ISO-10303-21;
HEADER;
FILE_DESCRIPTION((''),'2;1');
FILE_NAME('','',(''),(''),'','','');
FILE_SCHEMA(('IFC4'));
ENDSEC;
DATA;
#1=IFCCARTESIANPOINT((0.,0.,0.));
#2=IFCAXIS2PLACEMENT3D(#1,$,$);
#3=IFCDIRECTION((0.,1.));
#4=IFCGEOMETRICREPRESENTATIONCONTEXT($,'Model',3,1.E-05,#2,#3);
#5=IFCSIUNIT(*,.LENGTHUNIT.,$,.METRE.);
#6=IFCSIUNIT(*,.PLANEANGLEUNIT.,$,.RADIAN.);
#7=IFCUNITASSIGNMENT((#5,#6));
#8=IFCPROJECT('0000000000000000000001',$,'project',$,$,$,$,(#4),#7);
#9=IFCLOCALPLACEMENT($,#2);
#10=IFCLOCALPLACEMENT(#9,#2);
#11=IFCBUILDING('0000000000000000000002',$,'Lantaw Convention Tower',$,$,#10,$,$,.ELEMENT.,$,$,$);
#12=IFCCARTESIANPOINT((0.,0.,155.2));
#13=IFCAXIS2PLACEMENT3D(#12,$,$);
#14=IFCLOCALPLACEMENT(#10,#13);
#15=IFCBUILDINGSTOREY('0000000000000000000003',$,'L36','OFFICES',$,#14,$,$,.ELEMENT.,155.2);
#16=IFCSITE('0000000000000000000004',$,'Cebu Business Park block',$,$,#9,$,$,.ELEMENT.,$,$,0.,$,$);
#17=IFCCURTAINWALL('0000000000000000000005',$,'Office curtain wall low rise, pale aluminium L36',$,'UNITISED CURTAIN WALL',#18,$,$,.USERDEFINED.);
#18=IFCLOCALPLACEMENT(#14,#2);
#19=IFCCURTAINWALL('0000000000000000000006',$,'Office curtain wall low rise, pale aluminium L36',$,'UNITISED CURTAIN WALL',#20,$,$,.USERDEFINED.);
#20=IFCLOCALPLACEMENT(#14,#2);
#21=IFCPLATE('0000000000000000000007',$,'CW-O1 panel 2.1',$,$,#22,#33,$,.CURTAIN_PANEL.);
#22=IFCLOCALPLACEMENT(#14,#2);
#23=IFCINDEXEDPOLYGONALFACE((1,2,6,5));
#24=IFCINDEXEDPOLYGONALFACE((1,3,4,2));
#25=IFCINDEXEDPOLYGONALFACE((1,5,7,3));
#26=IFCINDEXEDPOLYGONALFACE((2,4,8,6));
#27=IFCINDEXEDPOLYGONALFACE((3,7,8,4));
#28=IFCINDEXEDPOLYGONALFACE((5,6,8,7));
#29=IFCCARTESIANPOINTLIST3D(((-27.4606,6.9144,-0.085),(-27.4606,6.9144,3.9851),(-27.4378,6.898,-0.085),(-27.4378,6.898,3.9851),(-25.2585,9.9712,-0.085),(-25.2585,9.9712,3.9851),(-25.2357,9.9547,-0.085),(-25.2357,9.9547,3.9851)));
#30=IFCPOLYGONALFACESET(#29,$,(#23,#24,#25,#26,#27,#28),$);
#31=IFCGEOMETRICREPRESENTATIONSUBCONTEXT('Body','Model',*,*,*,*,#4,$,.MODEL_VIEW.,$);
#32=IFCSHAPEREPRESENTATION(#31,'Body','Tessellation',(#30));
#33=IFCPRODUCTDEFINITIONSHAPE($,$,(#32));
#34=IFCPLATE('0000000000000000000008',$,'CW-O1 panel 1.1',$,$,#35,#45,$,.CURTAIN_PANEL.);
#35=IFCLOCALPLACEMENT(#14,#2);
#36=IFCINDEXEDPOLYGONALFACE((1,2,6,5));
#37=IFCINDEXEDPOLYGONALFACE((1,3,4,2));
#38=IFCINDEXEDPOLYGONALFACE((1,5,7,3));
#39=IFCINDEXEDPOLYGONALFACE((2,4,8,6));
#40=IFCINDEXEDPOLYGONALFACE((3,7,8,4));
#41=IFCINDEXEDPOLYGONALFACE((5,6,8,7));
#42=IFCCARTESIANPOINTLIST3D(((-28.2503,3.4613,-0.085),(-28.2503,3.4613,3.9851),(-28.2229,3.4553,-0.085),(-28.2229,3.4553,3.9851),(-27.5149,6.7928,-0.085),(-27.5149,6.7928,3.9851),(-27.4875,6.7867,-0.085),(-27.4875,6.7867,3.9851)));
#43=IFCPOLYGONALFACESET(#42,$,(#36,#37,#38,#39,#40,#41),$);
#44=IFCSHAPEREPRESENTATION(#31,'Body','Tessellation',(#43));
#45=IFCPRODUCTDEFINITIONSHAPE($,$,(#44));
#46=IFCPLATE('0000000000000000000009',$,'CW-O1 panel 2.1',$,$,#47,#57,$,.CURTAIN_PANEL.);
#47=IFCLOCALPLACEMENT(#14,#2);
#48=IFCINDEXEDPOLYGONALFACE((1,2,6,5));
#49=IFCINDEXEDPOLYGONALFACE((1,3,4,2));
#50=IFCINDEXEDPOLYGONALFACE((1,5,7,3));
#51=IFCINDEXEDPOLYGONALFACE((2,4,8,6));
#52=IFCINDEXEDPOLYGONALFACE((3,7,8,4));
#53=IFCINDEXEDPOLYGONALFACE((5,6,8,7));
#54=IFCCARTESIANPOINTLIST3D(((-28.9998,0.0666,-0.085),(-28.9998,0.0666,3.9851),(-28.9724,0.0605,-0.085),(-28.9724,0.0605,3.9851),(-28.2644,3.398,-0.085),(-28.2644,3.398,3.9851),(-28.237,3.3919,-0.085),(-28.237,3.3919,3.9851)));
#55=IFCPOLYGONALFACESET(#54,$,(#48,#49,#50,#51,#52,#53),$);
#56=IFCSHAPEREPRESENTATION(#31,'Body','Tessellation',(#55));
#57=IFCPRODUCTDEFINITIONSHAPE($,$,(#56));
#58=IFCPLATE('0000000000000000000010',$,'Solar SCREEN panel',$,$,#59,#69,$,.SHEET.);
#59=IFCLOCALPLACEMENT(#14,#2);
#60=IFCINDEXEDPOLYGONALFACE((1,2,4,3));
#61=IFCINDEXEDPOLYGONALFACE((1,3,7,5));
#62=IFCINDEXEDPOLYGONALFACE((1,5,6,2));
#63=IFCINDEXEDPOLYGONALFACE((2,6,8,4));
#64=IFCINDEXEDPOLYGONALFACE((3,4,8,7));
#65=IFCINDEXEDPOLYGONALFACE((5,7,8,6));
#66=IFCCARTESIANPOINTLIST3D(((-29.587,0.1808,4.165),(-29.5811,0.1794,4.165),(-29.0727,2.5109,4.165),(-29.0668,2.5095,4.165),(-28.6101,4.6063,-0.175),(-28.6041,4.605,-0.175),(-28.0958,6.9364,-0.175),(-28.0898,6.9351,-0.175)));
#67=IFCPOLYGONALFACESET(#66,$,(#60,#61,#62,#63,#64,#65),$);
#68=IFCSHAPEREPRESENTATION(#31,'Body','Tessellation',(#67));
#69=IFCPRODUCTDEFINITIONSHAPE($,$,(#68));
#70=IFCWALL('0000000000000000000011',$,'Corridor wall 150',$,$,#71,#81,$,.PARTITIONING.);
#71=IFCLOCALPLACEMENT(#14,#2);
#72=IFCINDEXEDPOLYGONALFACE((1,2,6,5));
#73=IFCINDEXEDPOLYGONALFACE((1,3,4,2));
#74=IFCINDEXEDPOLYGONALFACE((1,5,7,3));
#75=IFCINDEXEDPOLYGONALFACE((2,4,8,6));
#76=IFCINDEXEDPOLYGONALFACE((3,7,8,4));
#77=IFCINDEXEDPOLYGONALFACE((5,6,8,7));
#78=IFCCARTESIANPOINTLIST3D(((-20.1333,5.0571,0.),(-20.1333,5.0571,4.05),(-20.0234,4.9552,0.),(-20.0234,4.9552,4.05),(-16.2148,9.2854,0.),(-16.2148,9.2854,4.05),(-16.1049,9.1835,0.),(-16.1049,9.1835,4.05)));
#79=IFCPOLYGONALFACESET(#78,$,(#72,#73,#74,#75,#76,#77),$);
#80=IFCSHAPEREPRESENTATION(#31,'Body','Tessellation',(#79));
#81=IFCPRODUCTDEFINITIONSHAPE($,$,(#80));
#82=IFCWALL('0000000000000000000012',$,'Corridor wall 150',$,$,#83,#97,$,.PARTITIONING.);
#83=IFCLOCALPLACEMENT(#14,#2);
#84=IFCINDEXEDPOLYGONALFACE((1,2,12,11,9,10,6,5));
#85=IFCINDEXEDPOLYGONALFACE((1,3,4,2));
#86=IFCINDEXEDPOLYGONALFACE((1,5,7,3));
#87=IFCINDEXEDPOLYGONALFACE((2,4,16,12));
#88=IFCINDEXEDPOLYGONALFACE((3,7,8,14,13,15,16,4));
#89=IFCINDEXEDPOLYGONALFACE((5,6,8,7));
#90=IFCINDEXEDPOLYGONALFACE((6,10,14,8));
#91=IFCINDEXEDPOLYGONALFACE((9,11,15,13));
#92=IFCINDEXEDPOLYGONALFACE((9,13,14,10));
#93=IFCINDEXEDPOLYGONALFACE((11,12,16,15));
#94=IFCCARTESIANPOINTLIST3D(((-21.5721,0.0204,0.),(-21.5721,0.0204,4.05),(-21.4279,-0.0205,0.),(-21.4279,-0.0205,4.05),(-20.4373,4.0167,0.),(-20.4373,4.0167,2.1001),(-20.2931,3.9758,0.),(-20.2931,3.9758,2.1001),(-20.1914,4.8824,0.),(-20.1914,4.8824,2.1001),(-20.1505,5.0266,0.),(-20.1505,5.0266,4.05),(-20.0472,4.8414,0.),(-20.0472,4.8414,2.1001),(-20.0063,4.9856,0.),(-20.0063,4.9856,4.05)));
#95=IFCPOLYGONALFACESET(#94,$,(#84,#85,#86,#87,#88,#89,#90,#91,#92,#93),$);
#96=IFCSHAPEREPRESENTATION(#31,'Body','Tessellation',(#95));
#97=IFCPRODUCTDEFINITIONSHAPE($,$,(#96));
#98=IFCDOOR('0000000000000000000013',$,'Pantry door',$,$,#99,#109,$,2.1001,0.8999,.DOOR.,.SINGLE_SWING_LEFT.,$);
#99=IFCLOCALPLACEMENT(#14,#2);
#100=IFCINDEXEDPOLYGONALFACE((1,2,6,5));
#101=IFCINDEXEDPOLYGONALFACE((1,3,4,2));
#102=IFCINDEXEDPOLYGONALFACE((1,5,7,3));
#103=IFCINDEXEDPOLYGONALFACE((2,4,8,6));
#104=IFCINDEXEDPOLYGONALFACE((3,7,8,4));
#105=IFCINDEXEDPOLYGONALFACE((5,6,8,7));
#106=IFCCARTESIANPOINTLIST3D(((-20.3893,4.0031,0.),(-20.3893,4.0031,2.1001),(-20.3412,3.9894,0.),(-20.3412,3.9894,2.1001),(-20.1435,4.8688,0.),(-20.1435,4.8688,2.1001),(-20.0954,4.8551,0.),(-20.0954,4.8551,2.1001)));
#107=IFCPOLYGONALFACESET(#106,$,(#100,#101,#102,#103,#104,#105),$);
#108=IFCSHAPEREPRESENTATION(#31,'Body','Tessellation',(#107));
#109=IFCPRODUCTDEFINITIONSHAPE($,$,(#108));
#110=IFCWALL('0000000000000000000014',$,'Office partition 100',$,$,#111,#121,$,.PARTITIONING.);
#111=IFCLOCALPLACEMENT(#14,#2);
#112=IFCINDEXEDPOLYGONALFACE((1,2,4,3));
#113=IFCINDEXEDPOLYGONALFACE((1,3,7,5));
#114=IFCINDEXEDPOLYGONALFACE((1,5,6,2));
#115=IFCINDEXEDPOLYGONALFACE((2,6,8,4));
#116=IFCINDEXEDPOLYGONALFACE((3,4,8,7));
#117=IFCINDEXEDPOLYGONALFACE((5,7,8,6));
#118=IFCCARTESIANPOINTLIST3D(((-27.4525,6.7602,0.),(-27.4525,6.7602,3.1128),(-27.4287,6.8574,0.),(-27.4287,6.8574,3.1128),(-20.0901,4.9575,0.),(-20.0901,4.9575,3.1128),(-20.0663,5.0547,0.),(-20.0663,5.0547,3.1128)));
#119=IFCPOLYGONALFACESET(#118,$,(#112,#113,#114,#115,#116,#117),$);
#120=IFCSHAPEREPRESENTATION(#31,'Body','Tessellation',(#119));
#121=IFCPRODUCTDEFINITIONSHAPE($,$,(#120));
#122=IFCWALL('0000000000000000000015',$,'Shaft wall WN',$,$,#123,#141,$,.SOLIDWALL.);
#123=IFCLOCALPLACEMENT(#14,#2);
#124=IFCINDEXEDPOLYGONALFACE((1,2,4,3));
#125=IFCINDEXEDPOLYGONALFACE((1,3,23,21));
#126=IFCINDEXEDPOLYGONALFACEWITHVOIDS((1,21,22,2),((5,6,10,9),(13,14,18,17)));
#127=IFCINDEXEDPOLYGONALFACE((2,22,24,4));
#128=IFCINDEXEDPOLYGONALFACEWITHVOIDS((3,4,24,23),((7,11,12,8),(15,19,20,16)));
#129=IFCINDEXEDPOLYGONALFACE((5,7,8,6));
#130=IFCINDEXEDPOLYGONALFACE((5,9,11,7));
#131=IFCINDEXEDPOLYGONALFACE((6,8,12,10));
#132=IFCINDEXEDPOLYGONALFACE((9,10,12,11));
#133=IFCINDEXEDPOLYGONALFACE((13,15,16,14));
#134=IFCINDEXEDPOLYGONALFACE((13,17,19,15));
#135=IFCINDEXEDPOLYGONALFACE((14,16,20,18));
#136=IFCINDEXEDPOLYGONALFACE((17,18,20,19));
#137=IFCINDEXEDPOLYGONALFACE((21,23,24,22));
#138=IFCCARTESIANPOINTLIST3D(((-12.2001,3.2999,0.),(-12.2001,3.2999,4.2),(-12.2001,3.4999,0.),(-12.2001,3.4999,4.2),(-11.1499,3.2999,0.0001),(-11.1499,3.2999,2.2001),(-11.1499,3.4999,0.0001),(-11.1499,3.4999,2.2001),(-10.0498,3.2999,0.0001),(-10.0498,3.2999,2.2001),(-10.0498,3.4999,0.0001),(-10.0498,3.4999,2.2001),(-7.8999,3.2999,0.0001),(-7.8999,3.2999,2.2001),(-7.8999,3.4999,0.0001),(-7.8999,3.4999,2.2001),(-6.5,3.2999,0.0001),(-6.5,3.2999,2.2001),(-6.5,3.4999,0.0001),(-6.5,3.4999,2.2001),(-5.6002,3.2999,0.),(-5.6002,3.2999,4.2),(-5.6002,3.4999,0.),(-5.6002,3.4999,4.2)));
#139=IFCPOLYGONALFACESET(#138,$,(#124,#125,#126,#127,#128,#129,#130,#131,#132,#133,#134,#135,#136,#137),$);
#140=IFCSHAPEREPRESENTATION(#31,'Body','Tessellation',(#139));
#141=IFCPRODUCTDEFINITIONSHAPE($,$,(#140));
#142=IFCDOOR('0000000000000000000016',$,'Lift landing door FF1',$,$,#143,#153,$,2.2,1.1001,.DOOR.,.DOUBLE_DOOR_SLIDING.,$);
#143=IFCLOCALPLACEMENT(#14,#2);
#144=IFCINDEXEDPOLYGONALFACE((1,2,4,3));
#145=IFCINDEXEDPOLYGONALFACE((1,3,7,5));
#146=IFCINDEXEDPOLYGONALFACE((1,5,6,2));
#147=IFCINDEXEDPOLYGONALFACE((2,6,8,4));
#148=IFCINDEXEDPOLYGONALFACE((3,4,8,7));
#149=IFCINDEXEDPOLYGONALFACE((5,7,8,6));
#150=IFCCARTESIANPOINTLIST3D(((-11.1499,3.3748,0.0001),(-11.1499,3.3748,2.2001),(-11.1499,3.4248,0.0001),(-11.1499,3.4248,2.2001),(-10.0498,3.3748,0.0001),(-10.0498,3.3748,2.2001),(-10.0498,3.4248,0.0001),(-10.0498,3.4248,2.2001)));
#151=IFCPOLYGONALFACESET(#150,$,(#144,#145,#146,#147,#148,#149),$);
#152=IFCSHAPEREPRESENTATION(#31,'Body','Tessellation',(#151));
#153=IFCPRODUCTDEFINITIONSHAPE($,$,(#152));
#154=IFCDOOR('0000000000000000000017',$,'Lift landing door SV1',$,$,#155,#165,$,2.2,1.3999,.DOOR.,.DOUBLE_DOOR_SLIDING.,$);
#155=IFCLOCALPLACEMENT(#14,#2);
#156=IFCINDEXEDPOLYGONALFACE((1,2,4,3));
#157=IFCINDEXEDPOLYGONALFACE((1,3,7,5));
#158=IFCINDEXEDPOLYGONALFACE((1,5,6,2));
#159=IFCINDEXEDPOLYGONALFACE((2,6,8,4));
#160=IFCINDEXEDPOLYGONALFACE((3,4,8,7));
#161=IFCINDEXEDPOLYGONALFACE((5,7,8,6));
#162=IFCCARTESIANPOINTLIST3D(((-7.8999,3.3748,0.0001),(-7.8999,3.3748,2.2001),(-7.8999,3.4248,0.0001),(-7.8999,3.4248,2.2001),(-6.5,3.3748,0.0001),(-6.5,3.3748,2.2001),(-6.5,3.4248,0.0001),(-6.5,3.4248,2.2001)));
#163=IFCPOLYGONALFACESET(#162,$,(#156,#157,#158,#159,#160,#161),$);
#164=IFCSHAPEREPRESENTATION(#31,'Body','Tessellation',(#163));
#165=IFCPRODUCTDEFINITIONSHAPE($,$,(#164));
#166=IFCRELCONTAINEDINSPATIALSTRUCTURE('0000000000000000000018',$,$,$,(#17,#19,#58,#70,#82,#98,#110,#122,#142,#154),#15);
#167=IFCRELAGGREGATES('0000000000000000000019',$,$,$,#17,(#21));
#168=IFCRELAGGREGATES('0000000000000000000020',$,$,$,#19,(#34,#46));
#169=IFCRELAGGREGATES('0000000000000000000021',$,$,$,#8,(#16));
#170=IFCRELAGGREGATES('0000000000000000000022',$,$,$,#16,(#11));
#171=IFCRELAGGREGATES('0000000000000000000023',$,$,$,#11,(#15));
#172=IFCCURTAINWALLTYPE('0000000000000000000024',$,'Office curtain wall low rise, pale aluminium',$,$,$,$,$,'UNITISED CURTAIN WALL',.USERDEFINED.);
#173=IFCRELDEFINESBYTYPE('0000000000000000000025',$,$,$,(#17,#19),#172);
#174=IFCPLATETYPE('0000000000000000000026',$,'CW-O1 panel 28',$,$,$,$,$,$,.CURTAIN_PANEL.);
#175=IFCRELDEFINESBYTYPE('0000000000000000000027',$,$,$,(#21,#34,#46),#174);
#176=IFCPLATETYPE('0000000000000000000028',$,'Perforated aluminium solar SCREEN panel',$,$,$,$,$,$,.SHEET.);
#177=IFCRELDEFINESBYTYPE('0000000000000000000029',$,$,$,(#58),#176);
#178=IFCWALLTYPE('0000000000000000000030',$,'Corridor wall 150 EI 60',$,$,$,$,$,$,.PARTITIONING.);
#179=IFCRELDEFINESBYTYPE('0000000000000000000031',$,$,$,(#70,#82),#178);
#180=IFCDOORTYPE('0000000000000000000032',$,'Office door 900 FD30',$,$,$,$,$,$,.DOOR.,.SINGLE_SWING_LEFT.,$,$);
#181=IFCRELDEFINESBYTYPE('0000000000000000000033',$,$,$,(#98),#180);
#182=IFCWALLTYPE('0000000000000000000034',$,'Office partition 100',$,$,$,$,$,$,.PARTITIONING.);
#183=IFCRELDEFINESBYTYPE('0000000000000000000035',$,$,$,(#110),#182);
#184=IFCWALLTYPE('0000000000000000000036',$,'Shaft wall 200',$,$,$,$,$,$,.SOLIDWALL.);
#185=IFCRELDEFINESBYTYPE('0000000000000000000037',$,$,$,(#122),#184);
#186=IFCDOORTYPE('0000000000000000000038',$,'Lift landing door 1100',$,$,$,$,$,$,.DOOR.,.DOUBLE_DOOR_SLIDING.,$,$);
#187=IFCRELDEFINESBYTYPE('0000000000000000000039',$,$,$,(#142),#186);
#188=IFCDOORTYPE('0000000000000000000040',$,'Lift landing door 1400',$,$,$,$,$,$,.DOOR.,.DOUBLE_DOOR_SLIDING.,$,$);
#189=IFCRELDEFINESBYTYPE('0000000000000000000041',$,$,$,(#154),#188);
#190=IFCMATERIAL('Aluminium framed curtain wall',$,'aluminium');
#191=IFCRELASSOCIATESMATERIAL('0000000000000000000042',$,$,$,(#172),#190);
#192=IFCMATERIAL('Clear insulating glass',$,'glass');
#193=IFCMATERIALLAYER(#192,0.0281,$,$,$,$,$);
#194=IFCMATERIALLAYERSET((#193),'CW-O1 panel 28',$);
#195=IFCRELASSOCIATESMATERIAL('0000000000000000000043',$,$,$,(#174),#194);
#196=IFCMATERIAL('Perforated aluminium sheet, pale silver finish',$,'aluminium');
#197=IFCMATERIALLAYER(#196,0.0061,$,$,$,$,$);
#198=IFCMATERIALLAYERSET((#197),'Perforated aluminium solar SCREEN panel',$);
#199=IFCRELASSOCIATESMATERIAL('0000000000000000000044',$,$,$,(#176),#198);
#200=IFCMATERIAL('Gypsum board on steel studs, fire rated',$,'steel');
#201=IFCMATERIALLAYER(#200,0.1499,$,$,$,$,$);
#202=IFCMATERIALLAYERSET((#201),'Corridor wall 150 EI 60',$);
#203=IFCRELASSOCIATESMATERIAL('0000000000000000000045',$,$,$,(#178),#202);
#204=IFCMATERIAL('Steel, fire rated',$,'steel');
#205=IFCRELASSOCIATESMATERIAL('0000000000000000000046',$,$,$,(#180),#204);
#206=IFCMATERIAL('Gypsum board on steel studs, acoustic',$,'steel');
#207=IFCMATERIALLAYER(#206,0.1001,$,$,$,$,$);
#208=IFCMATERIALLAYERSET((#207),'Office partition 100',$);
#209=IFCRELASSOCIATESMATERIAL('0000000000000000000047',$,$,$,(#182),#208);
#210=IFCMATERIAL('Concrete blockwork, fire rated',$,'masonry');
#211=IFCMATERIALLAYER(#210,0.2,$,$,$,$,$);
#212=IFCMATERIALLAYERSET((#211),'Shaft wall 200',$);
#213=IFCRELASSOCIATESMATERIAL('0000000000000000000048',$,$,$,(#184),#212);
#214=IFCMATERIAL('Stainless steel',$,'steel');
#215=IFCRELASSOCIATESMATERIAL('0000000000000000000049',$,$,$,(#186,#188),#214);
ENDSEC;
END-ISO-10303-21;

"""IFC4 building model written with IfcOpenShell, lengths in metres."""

from ifc_helpers import new_model, si_unit, direction, frame, frame_2d, origin, origin_2d, place, context, subcontext, project, spatial, polyline, rectangle, outline, extrude, material, layer, layer_set, type_object, element, fill, aggregate, save


model = new_model("IFC4")

# Units and contexts
model_context = context("Model", 3, precision=1e-05, world=origin(), true_north=direction((0.0, 1.0)))
body_context = subcontext(model_context, "Body", "Model", "MODEL_VIEW")
ifc_project = project(units=[si_unit("LENGTHUNIT", "METRE"), si_unit("PLANEANGLEUNIT", "RADIAN")], contexts=[model_context])

# Site, building, storey
site_placement = place(None, origin())
site = spatial("IfcSite", under=ifc_project, at=site_placement, Name="Cebu Business Park block", CompositionType="ELEMENT", RefElevation=0.0)
building_placement = place(site_placement, origin())
building = spatial("IfcBuilding", under=site, at=building_placement, Name="Lantaw Convention Tower", CompositionType="ELEMENT")
storey_placement = place(building_placement, frame((0.0, 0.0, 155.2)))
storey = spatial("IfcBuildingStorey", under=building, at=storey_placement, Name="L36", Description="OFFICES", CompositionType="ELEMENT", Elevation=155.2)

# Curtain wall
ifc_material_1 = material(Name="Aluminium framed curtain wall", Category="aluminium")
curtain_wall_type = type_object("IfcCurtainWallType", Name="Office curtain wall low rise, pale aluminium", ElementType="UNITISED CURTAIN WALL", PredefinedType="USERDEFINED", material=ifc_material_1)
curtain_wall_1_placement = place(storey_placement, origin())
curtain_wall_1 = element("IfcCurtainWall", 1, at=curtain_wall_1_placement, inside=storey, type_object=curtain_wall_type, Name="Office curtain wall low rise, pale aluminium L36", ObjectType="UNITISED CURTAIN WALL", PredefinedType="USERDEFINED")

# Curtain wall
curtain_wall_2_placement = place(storey_placement, origin())
curtain_wall_2 = element("IfcCurtainWall", 2, at=curtain_wall_2_placement, inside=storey, type_object=curtain_wall_type, Name="Office curtain wall low rise, pale aluminium L36", ObjectType="UNITISED CURTAIN WALL", PredefinedType="USERDEFINED")

# Plates
ifc_material_2 = material(Name="Clear insulating glass", Category="glass")
ifc_layer_1 = layer(ifc_material_2, 0.0281)
ifc_layer_set_1 = layer_set([ifc_layer_1], Name="CW-O1 panel 28")
plate_type_1 = type_object("IfcPlateType", Name="CW-O1 panel 28", PredefinedType="CURTAIN_PANEL", material=ifc_layer_set_1)
plate_1_placement = place(storey_placement, frame((-26.3481, 8.4346, -0.085), z_axis=(0.0, 0.0, 1.0), x_axis=(-0.584513, -0.811385, 0.0)))
plate_1 = element("IfcPlate", 3, at=plate_1_placement, type_object=plate_type_1, Name="CW-O1 panel 2.1", PredefinedType="CURTAIN_PANEL", context=body_context, shape_type="SweptSolid", body=[
    extrude(rectangle(XDim=3.7673, YDim=0.0281, at=origin_2d()), origin(), (0.0, 0.0, 1.0), 4.0701),
])
aggregate(curtain_wall_1, [plate_1])
plate_2_placement = place(storey_placement, frame((-27.8689, 5.124, -0.085), z_axis=(0.0, 0.0, 1.0), x_axis=(-0.215546, -0.976494, 0.0)))
plate_2 = element("IfcPlate", 4, at=plate_2_placement, type_object=plate_type_1, Name="CW-O1 panel 1.1", PredefinedType="CURTAIN_PANEL", context=body_context, shape_type="SweptSolid", body=[
    extrude(rectangle(XDim=3.4116, YDim=0.0281, at=origin_2d()), origin(), (0.0, 0.0, 1.0), 4.0701),
])
plate_3_placement = place(storey_placement, frame((-28.6184, 1.7292, -0.085), z_axis=(0.0, 0.0, 1.0), x_axis=(-0.215546, -0.976494, 0.0)))
plate_3 = element("IfcPlate", 5, at=plate_3_placement, type_object=plate_type_1, Name="CW-O1 panel 2.1", PredefinedType="CURTAIN_PANEL", context=body_context, shape_type="SweptSolid", body=[
    extrude(rectangle(XDim=3.4116, YDim=0.0281, at=origin_2d()), origin(), (0.0, 0.0, 1.0), 4.0701),
])
aggregate(curtain_wall_2, [plate_2, plate_3])
ifc_material_3 = material(Name="Perforated aluminium sheet, pale silver finish", Category="aluminium")
ifc_layer_2 = layer(ifc_material_3, 0.0061)
ifc_layer_set_2 = layer_set([ifc_layer_2], Name="Perforated aluminium solar SCREEN panel")
plate_type_2 = type_object("IfcPlateType", Name="Perforated aluminium solar SCREEN panel", PredefinedType="SHEET", material=ifc_layer_set_2)
plate_4_placement = place(storey_placement, frame((-28.0898, 6.9351, -0.175), z_axis=(0.976498, -0.215527, 0.000033), x_axis=(-0.215527, -0.976498, 0.0)))
element("IfcPlate", 6, at=plate_4_placement, inside=storey, type_object=plate_type_2, Name="Solar SCREEN panel", PredefinedType="SHEET", context=body_context, shape_type="SweptSolid", body=[
    extrude(outline(polyline([(0.0, 0.0), (2.3861, 0.0), (6.9182, -4.3401), (4.5321, -4.3401), (0.0, 0.0)])), origin(), (0.0, 0.0, -1.0), 0.0061),
])

# Wall
ifc_material_4 = material(Name="Gypsum board on steel studs, fire rated", Category="steel")
ifc_layer_3 = layer(ifc_material_4, 0.1499)
ifc_layer_set_3 = layer_set([ifc_layer_3], Name="Corridor wall 150 EI 60")
wall_type_1 = type_object("IfcWallType", Name="Corridor wall 150 EI 60", PredefinedType="PARTITIONING", material=ifc_layer_set_3)
wall_1_placement = place(storey_placement, frame((-16.1599, 9.2344, 0.0), z_axis=(0.0, 0.0, 1.0), x_axis=(-0.679725, -0.733467, 0.0)))
element("IfcWall", 7, at=wall_1_placement, inside=storey, type_object=wall_type_1, Name="Corridor wall 150", PredefinedType="PARTITIONING", context=body_context, shape_type="SweptSolid", body=[
    extrude(rectangle(XDim=5.7649, YDim=0.1499, at=frame_2d((2.8823, 0.0))), origin(), (0.0, 0.0, 1.0), 4.05),
])

# Wall, opening, door
wall_2_placement = place(storey_placement, frame((-20.0784, 5.0061, 0.0), z_axis=(0.0, 0.0, 1.0), x_axis=(-0.273178, -0.961964, 0.0)))
wall_2 = element("IfcWall", 8, at=wall_2_placement, inside=storey, type_object=wall_type_1, Name="Corridor wall 150", PredefinedType="PARTITIONING", context=body_context, shape_type="SweptSolid", body=[
    extrude(rectangle(XDim=5.2041, YDim=0.1499, at=frame_2d((2.6021, 0.0))), origin(), (0.0, 0.0, 1.0), 4.05),
])
opening_1_placement = place(wall_2_placement, frame((0.1499, 0.0, 0.0)))
opening_1 = element("IfcOpeningElement", 9, at=opening_1_placement, cuts=wall_2, PredefinedType="OPENING", context=body_context, shape_type="SweptSolid", body=[
    extrude(rectangle(XDim=0.8999, YDim=2.1001, at=frame_2d((0.45, 1.05))), frame((0.0, 0.085, 0.0), z_axis=(0.0, -1.0, 0.0), x_axis=(1.0, 0.0, 0.0)), (0.0, 0.0, 1.0), 0.1699),
])
ifc_material_5 = material(Name="Steel, fire rated", Category="steel")
door_type_1 = type_object("IfcDoorType", Name="Office door 900 FD30", OperationType="SINGLE_SWING_LEFT", PredefinedType="DOOR", material=ifc_material_5)
door_1_placement = place(opening_1_placement, origin())
door_1 = element("IfcDoor", 10, at=door_1_placement, inside=storey, type_object=door_type_1, Name="Pantry door", OperationType="SINGLE_SWING_LEFT", OverallHeight=2.1001, OverallWidth=0.8999, PredefinedType="DOOR", context=body_context, shape_type="SweptSolid", body=[
    extrude(rectangle(XDim=0.8999, YDim=2.1001, at=frame_2d((0.45, 1.05))), frame((0.0, 0.0249, 0.0), z_axis=(0.0, -1.0, 0.0), x_axis=(1.0, 0.0, 0.0)), (0.0, 0.0, 1.0), 0.05),
])
fill(opening_1, door_1)

# Wall
ifc_material_6 = material(Name="Gypsum board on steel studs, acoustic", Category="steel")
ifc_layer_4 = layer(ifc_material_6, 0.1001)
ifc_layer_set_4 = layer_set([ifc_layer_4], Name="Office partition 100")
wall_type_2 = type_object("IfcWallType", Name="Office partition 100", PredefinedType="PARTITIONING", material=ifc_layer_set_4)
wall_3_placement = place(storey_placement, frame((-27.4407, 6.8088, 0.0), z_axis=(0.0, 0.0, 1.0), x_axis=(0.971306, -0.237834, 0.0)))
element("IfcWall", 11, at=wall_3_placement, inside=storey, type_object=wall_type_2, Name="Office partition 100", PredefinedType="PARTITIONING", context=body_context, shape_type="SweptSolid", body=[
    extrude(rectangle(XDim=7.5798, YDim=0.1001, at=frame_2d((3.79, 0.0))), origin(), (0.0, 0.0, 1.0), 3.1128),
])

# Wall, openings, doors
ifc_material_7 = material(Name="Concrete blockwork, fire rated", Category="masonry")
ifc_layer_5 = layer(ifc_material_7, 0.2)
ifc_layer_set_5 = layer_set([ifc_layer_5], Name="Shaft wall 200")
wall_type_3 = type_object("IfcWallType", Name="Shaft wall 200", PredefinedType="SOLIDWALL", material=ifc_layer_set_5)
wall_4_placement = place(storey_placement, frame((-12.2, 3.3999, 0.0), z_axis=(0.0, 0.0, 1.0), x_axis=(1.0, 0.0, 0.0)))
wall_4 = element("IfcWall", 12, at=wall_4_placement, inside=storey, type_object=wall_type_3, Name="Shaft wall WN", PredefinedType="SOLIDWALL", context=body_context, shape_type="SweptSolid", body=[
    extrude(rectangle(XDim=6.5999, YDim=0.2, at=frame_2d((3.2998, 0.0))), origin(), (0.0, 0.0, 1.0), 4.2),
])
opening_2_placement = place(wall_4_placement, frame((1.05, 0.0, 0.0)))
opening_2 = element("IfcOpeningElement", 13, at=opening_2_placement, cuts=wall_4, PredefinedType="OPENING", context=body_context, shape_type="SweptSolid", body=[
    extrude(rectangle(XDim=1.1001, YDim=2.2, at=frame_2d((0.55, 1.1001))), frame((0.0, 0.1099, 0.0), z_axis=(0.0, -1.0, 0.0), x_axis=(1.0, 0.0, 0.0)), (0.0, 0.0, 1.0), 0.22),
])
opening_3_placement = place(wall_4_placement, frame((4.3, 0.0, 0.0)))
opening_3 = element("IfcOpeningElement", 14, at=opening_3_placement, cuts=wall_4, PredefinedType="OPENING", context=body_context, shape_type="SweptSolid", body=[
    extrude(rectangle(XDim=1.3999, YDim=2.2, at=frame_2d((0.7, 1.1001))), frame((0.0, 0.1099, 0.0), z_axis=(0.0, -1.0, 0.0), x_axis=(1.0, 0.0, 0.0)), (0.0, 0.0, 1.0), 0.22),
])
ifc_material_8 = material(Name="Stainless steel", Category="steel")
door_type_2 = type_object("IfcDoorType", Name="Lift landing door 1100", OperationType="DOUBLE_DOOR_SLIDING", PredefinedType="DOOR", material=ifc_material_8)
door_2_placement = place(opening_2_placement, origin())
door_2 = element("IfcDoor", 15, at=door_2_placement, inside=storey, type_object=door_type_2, Name="Lift landing door FF1", OperationType="DOUBLE_DOOR_SLIDING", OverallHeight=2.2, OverallWidth=1.1001, PredefinedType="DOOR", context=body_context, shape_type="SweptSolid", body=[
    extrude(rectangle(XDim=1.1001, YDim=2.2, at=frame_2d((0.55, 1.1001))), frame((0.0, 0.0249, 0.0), z_axis=(0.0, -1.0, 0.0), x_axis=(1.0, 0.0, 0.0)), (0.0, 0.0, 1.0), 0.05),
])
fill(opening_2, door_2)
door_type_3 = type_object("IfcDoorType", Name="Lift landing door 1400", OperationType="DOUBLE_DOOR_SLIDING", PredefinedType="DOOR", material=ifc_material_8)
door_3_placement = place(opening_3_placement, origin())
door_3 = element("IfcDoor", 16, at=door_3_placement, inside=storey, type_object=door_type_3, Name="Lift landing door SV1", OperationType="DOUBLE_DOOR_SLIDING", OverallHeight=2.2, OverallWidth=1.3999, PredefinedType="DOOR", context=body_context, shape_type="SweptSolid", body=[
    extrude(rectangle(XDim=1.3999, YDim=2.2, at=frame_2d((0.7, 1.1001))), frame((0.0, 0.0249, 0.0), z_axis=(0.0, -1.0, 0.0), x_axis=(1.0, 0.0, 0.0)), (0.0, 0.0, 1.0), 0.05),
])
fill(opening_3, door_3)

save(model, "model.ifc")
